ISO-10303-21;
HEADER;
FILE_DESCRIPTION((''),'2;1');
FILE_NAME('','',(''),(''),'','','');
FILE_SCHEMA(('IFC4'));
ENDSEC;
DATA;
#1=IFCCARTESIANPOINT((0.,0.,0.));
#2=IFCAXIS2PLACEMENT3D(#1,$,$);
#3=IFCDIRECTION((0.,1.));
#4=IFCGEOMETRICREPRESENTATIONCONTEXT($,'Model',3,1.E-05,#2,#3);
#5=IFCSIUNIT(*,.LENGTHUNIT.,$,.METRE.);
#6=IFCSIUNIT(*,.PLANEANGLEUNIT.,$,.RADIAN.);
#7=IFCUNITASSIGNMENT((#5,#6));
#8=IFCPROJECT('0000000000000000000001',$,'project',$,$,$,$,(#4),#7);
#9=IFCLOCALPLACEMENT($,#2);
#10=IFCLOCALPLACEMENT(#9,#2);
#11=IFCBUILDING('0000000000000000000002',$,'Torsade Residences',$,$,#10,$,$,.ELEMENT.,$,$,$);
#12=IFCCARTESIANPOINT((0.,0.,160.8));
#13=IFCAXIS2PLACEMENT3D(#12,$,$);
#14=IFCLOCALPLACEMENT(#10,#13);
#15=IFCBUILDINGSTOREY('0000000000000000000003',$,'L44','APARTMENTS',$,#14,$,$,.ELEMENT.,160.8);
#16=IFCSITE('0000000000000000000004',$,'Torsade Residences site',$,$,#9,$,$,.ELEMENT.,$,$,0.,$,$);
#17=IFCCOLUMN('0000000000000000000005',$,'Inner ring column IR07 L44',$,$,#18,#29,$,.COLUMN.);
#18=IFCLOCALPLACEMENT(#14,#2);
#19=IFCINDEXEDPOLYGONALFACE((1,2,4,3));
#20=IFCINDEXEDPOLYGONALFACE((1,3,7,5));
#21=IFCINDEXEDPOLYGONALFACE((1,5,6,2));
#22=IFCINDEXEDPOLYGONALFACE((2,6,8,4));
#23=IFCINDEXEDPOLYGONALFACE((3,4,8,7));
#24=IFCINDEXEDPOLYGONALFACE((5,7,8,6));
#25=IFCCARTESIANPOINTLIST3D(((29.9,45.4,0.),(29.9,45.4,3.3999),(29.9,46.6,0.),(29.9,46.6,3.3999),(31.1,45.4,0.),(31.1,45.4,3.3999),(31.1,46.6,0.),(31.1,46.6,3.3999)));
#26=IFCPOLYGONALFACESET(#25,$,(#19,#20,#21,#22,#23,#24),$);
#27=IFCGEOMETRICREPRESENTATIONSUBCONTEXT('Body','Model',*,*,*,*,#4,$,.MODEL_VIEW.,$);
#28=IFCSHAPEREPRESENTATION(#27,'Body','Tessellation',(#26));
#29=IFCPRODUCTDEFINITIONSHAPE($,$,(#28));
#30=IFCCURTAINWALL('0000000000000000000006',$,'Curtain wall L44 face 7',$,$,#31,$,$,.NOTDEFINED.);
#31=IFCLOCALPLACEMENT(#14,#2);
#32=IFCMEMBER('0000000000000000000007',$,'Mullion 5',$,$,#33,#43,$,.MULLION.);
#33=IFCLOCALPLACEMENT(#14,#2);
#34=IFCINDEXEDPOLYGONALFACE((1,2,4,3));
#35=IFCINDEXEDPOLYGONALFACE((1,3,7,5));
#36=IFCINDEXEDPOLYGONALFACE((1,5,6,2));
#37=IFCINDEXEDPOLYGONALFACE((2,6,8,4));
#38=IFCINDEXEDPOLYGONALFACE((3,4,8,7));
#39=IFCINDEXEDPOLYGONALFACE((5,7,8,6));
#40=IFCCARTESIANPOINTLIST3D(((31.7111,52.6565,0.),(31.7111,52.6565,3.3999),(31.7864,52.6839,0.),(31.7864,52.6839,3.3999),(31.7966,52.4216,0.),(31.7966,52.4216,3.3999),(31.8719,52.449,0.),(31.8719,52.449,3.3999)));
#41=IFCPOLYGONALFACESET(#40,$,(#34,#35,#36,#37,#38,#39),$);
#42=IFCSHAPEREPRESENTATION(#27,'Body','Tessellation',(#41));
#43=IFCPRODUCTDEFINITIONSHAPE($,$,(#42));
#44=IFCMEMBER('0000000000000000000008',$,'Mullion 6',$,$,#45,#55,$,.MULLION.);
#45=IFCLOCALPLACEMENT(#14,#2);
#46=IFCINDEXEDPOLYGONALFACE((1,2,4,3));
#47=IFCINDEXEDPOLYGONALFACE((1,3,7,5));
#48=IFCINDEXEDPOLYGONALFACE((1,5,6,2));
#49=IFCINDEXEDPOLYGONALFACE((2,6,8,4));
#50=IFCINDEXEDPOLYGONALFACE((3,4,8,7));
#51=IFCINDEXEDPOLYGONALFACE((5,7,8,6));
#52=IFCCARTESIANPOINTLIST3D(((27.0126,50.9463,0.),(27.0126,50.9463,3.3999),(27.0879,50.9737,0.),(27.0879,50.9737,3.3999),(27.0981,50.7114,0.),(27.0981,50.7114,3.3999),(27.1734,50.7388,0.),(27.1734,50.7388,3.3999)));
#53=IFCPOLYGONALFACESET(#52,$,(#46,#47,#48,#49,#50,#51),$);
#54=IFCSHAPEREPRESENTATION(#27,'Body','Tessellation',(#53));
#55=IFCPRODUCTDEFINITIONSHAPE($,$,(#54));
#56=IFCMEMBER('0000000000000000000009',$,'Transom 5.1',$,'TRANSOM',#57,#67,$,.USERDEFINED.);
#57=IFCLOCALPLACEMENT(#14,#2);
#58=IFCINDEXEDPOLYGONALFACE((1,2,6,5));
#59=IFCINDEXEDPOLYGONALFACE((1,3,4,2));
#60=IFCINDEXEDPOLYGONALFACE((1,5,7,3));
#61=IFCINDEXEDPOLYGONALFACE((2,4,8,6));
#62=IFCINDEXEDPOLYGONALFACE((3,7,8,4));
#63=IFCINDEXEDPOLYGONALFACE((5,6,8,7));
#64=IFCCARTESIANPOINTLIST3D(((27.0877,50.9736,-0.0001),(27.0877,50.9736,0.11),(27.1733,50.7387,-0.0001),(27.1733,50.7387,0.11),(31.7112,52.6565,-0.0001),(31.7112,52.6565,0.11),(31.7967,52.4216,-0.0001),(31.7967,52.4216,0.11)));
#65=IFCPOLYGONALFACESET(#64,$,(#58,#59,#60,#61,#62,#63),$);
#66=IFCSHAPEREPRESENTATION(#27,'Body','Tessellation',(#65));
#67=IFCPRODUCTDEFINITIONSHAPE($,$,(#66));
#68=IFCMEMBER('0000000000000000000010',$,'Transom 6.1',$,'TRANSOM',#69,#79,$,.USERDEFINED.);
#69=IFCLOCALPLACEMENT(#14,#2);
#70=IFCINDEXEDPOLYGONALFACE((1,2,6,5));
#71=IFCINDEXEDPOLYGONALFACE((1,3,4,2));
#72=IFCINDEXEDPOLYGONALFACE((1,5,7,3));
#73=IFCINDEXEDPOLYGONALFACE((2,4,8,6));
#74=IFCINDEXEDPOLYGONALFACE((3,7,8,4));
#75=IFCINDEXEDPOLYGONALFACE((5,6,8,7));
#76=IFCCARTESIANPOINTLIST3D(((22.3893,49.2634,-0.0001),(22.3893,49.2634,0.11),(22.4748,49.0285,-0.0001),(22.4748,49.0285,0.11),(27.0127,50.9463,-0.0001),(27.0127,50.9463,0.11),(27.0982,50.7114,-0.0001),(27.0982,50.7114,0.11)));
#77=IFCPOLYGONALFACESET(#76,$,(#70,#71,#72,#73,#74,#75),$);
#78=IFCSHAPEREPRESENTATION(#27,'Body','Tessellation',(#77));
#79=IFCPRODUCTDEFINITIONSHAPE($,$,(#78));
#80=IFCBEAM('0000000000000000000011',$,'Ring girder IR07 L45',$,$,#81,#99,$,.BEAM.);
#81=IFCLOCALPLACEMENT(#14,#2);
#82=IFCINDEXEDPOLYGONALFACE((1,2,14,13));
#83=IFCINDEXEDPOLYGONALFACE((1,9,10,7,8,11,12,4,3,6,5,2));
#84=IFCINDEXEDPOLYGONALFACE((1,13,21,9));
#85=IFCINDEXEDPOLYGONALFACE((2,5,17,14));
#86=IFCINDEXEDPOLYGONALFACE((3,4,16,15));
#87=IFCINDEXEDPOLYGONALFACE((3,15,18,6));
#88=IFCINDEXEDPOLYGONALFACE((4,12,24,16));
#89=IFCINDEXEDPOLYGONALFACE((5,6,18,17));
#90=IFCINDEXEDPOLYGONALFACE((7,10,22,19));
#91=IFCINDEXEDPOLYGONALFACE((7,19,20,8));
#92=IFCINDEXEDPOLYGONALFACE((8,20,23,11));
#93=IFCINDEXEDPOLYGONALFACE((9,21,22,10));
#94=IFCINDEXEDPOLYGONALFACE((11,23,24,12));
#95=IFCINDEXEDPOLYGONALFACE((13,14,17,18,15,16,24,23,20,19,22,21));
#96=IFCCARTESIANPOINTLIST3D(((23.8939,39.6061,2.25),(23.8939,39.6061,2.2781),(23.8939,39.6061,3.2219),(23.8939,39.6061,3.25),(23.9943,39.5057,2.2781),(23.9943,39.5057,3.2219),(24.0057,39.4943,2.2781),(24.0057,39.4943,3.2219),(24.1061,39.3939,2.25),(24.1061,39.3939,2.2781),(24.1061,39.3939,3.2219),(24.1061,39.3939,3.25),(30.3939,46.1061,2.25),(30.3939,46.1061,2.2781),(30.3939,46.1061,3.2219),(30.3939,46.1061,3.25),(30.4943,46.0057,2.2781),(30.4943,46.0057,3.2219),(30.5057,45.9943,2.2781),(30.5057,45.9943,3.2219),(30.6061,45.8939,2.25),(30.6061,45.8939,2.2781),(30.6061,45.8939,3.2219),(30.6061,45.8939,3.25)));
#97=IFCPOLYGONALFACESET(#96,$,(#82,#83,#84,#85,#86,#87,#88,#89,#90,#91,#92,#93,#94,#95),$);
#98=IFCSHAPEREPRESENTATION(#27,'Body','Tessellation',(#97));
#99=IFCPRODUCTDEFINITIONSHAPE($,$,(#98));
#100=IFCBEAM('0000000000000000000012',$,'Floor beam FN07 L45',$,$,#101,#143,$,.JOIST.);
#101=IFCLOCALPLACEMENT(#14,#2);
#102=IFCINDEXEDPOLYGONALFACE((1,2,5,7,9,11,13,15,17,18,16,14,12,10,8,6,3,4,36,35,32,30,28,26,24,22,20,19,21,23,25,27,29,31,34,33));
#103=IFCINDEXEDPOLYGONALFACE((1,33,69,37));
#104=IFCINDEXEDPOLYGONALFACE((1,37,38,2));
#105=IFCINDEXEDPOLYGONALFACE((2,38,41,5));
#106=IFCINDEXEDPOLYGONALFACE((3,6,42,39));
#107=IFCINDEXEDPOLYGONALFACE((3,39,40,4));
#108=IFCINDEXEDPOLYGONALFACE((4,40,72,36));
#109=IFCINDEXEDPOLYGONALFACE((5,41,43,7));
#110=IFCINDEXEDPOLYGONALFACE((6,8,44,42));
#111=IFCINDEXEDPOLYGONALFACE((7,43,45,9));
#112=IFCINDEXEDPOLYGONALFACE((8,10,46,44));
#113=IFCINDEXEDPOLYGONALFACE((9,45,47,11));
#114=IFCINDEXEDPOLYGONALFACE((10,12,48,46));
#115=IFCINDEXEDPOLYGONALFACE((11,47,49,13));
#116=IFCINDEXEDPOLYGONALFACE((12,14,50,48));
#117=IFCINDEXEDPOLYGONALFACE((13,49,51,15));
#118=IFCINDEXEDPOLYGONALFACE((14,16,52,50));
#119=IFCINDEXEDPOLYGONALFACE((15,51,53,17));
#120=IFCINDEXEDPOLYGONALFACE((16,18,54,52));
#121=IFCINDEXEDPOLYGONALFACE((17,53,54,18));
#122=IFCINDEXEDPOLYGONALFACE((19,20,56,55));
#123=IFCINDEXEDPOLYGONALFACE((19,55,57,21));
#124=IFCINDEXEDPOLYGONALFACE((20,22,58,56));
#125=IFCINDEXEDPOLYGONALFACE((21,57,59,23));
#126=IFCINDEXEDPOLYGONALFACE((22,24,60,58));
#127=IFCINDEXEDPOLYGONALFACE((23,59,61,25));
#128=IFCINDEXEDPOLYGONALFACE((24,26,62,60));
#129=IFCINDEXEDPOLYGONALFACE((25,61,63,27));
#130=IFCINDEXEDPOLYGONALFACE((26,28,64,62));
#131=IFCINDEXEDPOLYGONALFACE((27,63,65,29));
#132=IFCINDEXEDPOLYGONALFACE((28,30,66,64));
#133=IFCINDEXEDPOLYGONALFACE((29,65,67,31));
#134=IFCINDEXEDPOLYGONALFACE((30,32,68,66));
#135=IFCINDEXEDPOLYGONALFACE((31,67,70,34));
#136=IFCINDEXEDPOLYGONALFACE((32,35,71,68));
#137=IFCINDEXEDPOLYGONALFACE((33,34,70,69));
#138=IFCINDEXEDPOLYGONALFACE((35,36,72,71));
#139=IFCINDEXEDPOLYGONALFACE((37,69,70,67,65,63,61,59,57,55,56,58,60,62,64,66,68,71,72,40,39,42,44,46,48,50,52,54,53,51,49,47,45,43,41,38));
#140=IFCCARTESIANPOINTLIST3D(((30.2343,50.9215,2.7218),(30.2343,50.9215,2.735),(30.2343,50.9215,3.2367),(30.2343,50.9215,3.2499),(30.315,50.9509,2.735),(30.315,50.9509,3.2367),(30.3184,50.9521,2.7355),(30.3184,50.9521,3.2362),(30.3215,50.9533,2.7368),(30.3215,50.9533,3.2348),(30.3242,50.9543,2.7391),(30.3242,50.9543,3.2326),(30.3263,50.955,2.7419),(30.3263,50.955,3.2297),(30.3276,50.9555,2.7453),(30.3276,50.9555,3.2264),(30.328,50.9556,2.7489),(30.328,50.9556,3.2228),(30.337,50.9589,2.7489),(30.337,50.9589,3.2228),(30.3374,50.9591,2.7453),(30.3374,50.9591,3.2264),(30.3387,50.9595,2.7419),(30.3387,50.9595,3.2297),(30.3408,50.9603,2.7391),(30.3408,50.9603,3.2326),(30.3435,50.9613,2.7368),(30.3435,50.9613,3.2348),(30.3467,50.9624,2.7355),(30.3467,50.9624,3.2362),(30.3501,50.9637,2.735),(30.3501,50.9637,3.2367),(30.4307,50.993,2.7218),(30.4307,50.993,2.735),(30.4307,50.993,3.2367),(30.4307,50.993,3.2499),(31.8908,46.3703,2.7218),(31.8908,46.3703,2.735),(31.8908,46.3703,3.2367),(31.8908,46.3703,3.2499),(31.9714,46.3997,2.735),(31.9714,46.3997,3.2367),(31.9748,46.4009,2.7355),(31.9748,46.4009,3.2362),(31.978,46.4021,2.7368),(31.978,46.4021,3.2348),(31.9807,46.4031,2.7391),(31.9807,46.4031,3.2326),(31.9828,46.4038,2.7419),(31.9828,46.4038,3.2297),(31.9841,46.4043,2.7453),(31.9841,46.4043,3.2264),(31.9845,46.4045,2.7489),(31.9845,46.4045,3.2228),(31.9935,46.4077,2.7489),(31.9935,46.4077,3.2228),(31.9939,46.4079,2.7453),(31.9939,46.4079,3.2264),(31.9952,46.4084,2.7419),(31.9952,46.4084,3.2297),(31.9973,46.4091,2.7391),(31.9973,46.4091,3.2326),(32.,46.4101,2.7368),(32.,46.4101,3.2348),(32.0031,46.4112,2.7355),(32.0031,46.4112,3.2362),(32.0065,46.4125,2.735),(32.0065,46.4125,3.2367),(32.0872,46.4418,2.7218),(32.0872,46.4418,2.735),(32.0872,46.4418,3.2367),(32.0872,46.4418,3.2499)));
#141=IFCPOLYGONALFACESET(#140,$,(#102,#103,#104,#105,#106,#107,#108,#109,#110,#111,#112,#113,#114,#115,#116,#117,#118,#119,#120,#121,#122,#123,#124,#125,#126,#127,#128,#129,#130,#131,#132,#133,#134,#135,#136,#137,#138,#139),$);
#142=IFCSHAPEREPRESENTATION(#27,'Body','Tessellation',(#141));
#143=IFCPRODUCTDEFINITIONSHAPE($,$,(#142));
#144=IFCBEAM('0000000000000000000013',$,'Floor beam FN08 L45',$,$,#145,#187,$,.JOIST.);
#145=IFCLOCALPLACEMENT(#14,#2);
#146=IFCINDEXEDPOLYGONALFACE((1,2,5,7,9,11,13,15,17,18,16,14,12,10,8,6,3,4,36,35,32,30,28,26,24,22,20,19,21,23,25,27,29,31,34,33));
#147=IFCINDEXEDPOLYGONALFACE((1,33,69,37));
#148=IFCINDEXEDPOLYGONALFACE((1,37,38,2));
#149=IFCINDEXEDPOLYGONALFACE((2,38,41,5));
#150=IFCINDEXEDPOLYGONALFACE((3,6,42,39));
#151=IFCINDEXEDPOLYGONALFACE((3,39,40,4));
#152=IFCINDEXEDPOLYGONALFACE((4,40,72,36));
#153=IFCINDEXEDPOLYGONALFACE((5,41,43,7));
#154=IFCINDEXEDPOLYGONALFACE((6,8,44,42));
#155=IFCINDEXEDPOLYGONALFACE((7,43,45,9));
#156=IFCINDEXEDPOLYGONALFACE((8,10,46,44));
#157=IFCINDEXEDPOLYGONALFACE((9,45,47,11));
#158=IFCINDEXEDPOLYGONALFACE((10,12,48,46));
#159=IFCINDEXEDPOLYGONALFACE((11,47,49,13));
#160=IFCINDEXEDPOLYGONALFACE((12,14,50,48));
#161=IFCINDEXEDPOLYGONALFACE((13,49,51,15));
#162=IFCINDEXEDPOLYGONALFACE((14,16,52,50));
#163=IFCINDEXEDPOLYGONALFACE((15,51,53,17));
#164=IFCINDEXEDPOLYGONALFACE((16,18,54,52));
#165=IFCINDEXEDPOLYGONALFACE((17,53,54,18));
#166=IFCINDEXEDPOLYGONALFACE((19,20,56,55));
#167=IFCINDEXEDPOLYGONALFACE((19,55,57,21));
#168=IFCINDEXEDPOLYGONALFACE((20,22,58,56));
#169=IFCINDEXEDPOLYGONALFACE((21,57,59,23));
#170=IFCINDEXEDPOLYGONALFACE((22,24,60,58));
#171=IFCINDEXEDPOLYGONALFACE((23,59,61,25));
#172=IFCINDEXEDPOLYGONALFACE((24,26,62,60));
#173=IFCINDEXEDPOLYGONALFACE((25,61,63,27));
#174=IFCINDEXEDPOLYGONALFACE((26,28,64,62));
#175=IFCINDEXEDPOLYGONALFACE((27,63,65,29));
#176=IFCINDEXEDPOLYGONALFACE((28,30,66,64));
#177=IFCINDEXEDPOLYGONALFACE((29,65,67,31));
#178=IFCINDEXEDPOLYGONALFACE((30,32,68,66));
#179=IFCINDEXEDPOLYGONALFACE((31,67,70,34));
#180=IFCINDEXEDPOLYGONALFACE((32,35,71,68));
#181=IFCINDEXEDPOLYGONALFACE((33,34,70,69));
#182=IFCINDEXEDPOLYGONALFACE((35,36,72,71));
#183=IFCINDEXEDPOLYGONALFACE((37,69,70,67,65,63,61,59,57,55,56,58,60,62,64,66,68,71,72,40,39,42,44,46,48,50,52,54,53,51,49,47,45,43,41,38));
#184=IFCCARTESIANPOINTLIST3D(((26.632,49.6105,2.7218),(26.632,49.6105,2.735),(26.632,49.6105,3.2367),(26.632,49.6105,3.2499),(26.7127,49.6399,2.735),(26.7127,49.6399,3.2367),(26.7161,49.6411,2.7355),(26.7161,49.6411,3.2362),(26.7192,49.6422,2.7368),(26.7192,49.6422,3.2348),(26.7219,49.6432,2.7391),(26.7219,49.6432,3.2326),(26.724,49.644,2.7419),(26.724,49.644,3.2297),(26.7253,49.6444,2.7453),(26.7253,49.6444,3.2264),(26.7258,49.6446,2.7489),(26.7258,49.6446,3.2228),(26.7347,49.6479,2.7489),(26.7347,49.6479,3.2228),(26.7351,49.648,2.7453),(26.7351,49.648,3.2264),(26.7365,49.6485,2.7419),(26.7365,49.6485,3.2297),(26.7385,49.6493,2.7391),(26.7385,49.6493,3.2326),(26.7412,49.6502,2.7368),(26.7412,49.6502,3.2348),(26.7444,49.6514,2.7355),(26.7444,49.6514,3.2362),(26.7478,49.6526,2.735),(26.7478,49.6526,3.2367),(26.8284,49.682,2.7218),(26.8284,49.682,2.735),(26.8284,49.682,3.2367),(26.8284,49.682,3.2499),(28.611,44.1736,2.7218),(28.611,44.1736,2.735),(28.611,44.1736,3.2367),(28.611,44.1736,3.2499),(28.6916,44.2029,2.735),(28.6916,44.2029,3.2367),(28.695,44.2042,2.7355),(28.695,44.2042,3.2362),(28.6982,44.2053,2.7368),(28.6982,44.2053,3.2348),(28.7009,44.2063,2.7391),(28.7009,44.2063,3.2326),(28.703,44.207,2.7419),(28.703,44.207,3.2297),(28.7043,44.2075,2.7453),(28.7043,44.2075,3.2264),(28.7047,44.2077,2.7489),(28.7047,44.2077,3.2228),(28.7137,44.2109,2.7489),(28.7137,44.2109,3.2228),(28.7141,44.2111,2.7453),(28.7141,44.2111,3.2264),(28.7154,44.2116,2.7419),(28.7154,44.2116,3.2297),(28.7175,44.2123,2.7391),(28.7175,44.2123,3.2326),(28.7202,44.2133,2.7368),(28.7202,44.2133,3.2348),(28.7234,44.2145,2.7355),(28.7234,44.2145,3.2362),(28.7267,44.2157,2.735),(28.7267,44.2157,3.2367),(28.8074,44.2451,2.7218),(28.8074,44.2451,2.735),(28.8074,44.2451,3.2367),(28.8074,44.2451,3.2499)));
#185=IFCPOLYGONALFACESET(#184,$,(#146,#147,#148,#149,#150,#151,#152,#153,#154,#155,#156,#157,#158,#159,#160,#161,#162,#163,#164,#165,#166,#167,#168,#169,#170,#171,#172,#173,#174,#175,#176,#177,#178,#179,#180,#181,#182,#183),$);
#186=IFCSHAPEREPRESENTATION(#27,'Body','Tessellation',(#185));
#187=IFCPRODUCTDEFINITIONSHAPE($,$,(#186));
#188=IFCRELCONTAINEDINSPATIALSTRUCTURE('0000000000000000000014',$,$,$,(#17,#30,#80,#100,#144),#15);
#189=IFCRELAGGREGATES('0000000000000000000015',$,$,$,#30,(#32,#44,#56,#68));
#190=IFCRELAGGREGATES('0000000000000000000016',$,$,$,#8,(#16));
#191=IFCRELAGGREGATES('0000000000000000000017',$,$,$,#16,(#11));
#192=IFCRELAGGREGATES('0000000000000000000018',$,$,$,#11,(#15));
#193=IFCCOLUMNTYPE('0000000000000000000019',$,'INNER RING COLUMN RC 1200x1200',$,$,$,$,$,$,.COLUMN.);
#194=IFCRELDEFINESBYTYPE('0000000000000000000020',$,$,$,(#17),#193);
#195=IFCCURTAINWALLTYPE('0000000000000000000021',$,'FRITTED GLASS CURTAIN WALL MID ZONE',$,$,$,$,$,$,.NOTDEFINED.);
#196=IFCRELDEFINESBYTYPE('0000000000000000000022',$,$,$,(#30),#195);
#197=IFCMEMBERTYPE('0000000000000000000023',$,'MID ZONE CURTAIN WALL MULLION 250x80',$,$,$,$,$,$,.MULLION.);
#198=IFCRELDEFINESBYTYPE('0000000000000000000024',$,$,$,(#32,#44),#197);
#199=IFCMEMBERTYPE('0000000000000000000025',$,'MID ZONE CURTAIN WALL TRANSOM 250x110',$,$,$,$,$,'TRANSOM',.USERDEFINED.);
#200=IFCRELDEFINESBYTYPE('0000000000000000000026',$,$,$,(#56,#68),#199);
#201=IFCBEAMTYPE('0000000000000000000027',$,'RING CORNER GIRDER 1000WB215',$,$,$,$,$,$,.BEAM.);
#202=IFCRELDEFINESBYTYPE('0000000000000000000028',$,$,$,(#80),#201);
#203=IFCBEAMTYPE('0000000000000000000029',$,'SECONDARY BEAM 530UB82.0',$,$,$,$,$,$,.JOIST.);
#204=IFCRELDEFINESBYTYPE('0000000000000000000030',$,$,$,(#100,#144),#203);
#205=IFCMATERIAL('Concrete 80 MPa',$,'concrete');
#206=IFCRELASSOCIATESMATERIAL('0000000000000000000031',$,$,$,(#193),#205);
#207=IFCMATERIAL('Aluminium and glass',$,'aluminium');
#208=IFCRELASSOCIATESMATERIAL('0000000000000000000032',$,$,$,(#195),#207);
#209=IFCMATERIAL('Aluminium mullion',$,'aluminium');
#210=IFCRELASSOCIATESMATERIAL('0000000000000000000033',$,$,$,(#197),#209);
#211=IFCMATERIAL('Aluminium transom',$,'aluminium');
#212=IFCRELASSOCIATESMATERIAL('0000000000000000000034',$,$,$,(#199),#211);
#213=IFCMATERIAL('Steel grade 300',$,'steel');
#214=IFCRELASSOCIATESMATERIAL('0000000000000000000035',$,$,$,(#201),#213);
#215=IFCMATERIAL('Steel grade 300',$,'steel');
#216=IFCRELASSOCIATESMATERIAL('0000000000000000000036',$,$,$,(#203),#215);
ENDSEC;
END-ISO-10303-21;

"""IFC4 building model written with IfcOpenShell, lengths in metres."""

from ifc_helpers import new_model, si_unit, direction, frame, origin, origin_2d, place, context, subcontext, project, spatial, rectangle, i_section, extrude, material, material_profile, profile_set, type_object, element, aggregate, save


model = new_model("IFC4")

# Units and contexts
model_context = context("Model", 3, precision=1e-05, world=origin(), true_north=direction((0.0, 1.0)))
body_context = subcontext(model_context, "Body", "Model", "MODEL_VIEW")
ifc_project = project(units=[si_unit("LENGTHUNIT", "METRE"), si_unit("PLANEANGLEUNIT", "RADIAN")], contexts=[model_context])

# Site, building, storey
site_placement = place(None, origin())
site = spatial("IfcSite", under=ifc_project, at=site_placement, Name="Torsade Residences site", CompositionType="ELEMENT", RefElevation=0.0)
building_placement = place(site_placement, origin())
building = spatial("IfcBuilding", under=site, at=building_placement, Name="Torsade Residences", CompositionType="ELEMENT")
storey_placement = place(building_placement, frame((0.0, 0.0, 160.8)))
storey = spatial("IfcBuildingStorey", under=building, at=storey_placement, Name="L44", Description="APARTMENTS", CompositionType="ELEMENT", Elevation=160.8)

# Column
ifc_material_1 = material(Name="Concrete 80 MPa", Category="concrete")
ifc_material_profile_1 = material_profile(ifc_material_1, rectangle(XDim=1.2, YDim=1.2, at=origin_2d()), Name="RC 1200x1200")
ifc_profile_set_1 = profile_set([ifc_material_profile_1], Name="Concrete 80 MPa")
column_type = type_object("IfcColumnType", Name="INNER RING COLUMN RC 1200x1200", PredefinedType="COLUMN", material=ifc_profile_set_1)
column_placement = place(storey_placement, frame((30.5, 46.0, 0.0), z_axis=(0.0, 0.0, 1.0), x_axis=(1.0, 0.0, 0.0)))
element("IfcColumn", 1, at=column_placement, inside=storey, type_object=column_type, Name="Inner ring column IR07 L44", PredefinedType="COLUMN", context=body_context, shape_type="SweptSolid", body=[
    extrude(rectangle(XDim=1.2, YDim=1.2, at=origin_2d()), origin(), (0.0, 0.0, 1.0), 3.3999),
])

# Curtain wall, members
ifc_material_2 = material(Name="Aluminium and glass", Category="aluminium")
curtain_wall_type = type_object("IfcCurtainWallType", Name="FRITTED GLASS CURTAIN WALL MID ZONE", PredefinedType="NOTDEFINED", material=ifc_material_2)
curtain_wall_placement = place(storey_placement, origin())
curtain_wall = element("IfcCurtainWall", 2, at=curtain_wall_placement, inside=storey, type_object=curtain_wall_type, Name="Curtain wall L44 face 7", PredefinedType="NOTDEFINED")
ifc_material_3 = material(Name="Aluminium mullion", Category="aluminium")
ifc_material_profile_2 = material_profile(ifc_material_3, rectangle(XDim=0.25, YDim=0.0801, at=origin_2d()), Name="MID ZONE CURTAIN WALL MULLION 250x80")
ifc_profile_set_2 = profile_set([ifc_material_profile_2], Name="Aluminium mullion")
member_type_1 = type_object("IfcMemberType", Name="MID ZONE CURTAIN WALL MULLION 250x80", PredefinedType="MULLION", material=ifc_profile_set_2)
member_1_placement = place(storey_placement, frame((31.7915, 52.5527, 0.0), z_axis=(0.0, 0.0, 1.0), x_axis=(0.34202, -0.939693, 0.0)))
member_1 = element("IfcMember", 3, at=member_1_placement, type_object=member_type_1, Name="Mullion 5", PredefinedType="MULLION", context=body_context, shape_type="SweptSolid", body=[
    extrude(rectangle(XDim=0.25, YDim=0.0801, at=origin_2d()), origin(), (0.0, 0.0, 1.0), 3.3999),
])
member_2_placement = place(storey_placement, frame((27.093, 50.8425, 0.0), z_axis=(0.0, 0.0, 1.0), x_axis=(0.34202, -0.939693, 0.0)))
member_2 = element("IfcMember", 4, at=member_2_placement, type_object=member_type_1, Name="Mullion 6", PredefinedType="MULLION", context=body_context, shape_type="SweptSolid", body=[
    extrude(rectangle(XDim=0.25, YDim=0.0801, at=origin_2d()), origin(), (0.0, 0.0, 1.0), 3.3999),
])
ifc_material_4 = material(Name="Aluminium transom", Category="aluminium")
ifc_material_profile_3 = material_profile(ifc_material_4, rectangle(XDim=0.25, YDim=0.1101, at=origin_2d()), Name="MID ZONE CURTAIN WALL TRANSOM 250x110")
ifc_profile_set_3 = profile_set([ifc_material_profile_3], Name="Aluminium transom")
member_type_2 = type_object("IfcMemberType", Name="MID ZONE CURTAIN WALL TRANSOM 250x110", ElementType="TRANSOM", PredefinedType="USERDEFINED", material=ifc_profile_set_3)
member_3_placement = place(storey_placement, frame((31.7539, 52.5391, 0.0549), z_axis=(-0.939685, -0.342042, 0.0), x_axis=(0.342042, -0.939685, 0.0)))
member_3 = element("IfcMember", 5, at=member_3_placement, type_object=member_type_2, Name="Transom 5.1", ObjectType="TRANSOM", PredefinedType="USERDEFINED", context=body_context, shape_type="SweptSolid", body=[
    extrude(rectangle(XDim=0.25, YDim=0.1101, at=origin_2d()), origin(), (0.0, 0.0, 1.0), 4.9202),
])
member_4_placement = place(storey_placement, frame((27.0554, 50.8289, 0.0549), z_axis=(-0.939685, -0.342042, 0.0), x_axis=(0.342042, -0.939685, 0.0)))
member_4 = element("IfcMember", 6, at=member_4_placement, type_object=member_type_2, Name="Transom 6.1", ObjectType="TRANSOM", PredefinedType="USERDEFINED", context=body_context, shape_type="SweptSolid", body=[
    extrude(rectangle(XDim=0.25, YDim=0.1101, at=origin_2d()), origin(), (0.0, 0.0, 1.0), 4.9202),
])

# Beams
ifc_material_5 = material(Name="Steel grade 300", Category="steel")
ifc_material_profile_4 = material_profile(ifc_material_5, i_section(OverallWidth=0.3, OverallDepth=1.0, WebThickness=0.0161, FlangeThickness=0.0281, at=origin_2d()), Name="1000WB215")
ifc_profile_set_4 = profile_set([ifc_material_profile_4], Name="Steel grade 300")
beam_type_1 = type_object("IfcBeamType", Name="RING CORNER GIRDER 1000WB215", PredefinedType="BEAM", material=ifc_profile_set_4)
beam_1_placement = place(storey_placement, frame((30.5, 46.0, 2.75), z_axis=(-0.707107, -0.707107, 0.0), x_axis=(0.707107, -0.707107, 0.0)))
element("IfcBeam", 7, at=beam_1_placement, inside=storey, type_object=beam_type_1, Name="Ring girder IR07 L45", PredefinedType="BEAM", context=body_context, shape_type="SweptSolid", body=[
    extrude(i_section(OverallWidth=0.3, OverallDepth=1.0, WebThickness=0.0161, FlangeThickness=0.0281, at=origin_2d()), origin(), (0.0, 0.0, 1.0), 9.1924),
])
ifc_material_6 = material(Name="Steel grade 300", Category="steel")
ifc_material_profile_5 = material_profile(ifc_material_6, i_section(OverallWidth=0.209, OverallDepth=0.5281, WebThickness=0.0095, FlangeThickness=0.0132, FilletRadius=0.0139, at=origin_2d()), Name="530UB82.0")
ifc_profile_set_5 = profile_set([ifc_material_profile_5], Name="Steel grade 300")
beam_type_2 = type_object("IfcBeamType", Name="SECONDARY BEAM 530UB82.0", PredefinedType="JOIST", material=ifc_profile_set_5)
beam_2_placement = place(storey_placement, frame((30.3325, 50.9573, 2.9858), z_axis=(0.342014, -0.939695, 0.0), x_axis=(0.939695, 0.342014, 0.0)))
element("IfcBeam", 8, at=beam_2_placement, inside=storey, type_object=beam_type_2, Name="Floor beam FN07 L45", PredefinedType="JOIST", context=body_context, shape_type="SweptSolid", body=[
    extrude(i_section(OverallWidth=0.209, OverallDepth=0.5281, WebThickness=0.0095, FlangeThickness=0.0132, FilletRadius=0.0139, at=origin_2d()), origin(), (0.0, 0.0, 1.0), 4.8433),
])
beam_3_placement = place(storey_placement, frame((26.7302, 49.6462, 2.9858), z_axis=(0.342034, -0.939687, 0.0), x_axis=(0.939687, 0.342034, 0.0)))
element("IfcBeam", 9, at=beam_3_placement, inside=storey, type_object=beam_type_2, Name="Floor beam FN08 L45", PredefinedType="JOIST", context=body_context, shape_type="SweptSolid", body=[
    extrude(i_section(OverallWidth=0.209, OverallDepth=0.5281, WebThickness=0.0095, FlangeThickness=0.0132, FilletRadius=0.0139, at=origin_2d()), origin(), (0.0, 0.0, 1.0), 5.7859),
])

aggregate(curtain_wall, [member_1, member_2, member_3, member_4])

save(model, "model.ifc")
